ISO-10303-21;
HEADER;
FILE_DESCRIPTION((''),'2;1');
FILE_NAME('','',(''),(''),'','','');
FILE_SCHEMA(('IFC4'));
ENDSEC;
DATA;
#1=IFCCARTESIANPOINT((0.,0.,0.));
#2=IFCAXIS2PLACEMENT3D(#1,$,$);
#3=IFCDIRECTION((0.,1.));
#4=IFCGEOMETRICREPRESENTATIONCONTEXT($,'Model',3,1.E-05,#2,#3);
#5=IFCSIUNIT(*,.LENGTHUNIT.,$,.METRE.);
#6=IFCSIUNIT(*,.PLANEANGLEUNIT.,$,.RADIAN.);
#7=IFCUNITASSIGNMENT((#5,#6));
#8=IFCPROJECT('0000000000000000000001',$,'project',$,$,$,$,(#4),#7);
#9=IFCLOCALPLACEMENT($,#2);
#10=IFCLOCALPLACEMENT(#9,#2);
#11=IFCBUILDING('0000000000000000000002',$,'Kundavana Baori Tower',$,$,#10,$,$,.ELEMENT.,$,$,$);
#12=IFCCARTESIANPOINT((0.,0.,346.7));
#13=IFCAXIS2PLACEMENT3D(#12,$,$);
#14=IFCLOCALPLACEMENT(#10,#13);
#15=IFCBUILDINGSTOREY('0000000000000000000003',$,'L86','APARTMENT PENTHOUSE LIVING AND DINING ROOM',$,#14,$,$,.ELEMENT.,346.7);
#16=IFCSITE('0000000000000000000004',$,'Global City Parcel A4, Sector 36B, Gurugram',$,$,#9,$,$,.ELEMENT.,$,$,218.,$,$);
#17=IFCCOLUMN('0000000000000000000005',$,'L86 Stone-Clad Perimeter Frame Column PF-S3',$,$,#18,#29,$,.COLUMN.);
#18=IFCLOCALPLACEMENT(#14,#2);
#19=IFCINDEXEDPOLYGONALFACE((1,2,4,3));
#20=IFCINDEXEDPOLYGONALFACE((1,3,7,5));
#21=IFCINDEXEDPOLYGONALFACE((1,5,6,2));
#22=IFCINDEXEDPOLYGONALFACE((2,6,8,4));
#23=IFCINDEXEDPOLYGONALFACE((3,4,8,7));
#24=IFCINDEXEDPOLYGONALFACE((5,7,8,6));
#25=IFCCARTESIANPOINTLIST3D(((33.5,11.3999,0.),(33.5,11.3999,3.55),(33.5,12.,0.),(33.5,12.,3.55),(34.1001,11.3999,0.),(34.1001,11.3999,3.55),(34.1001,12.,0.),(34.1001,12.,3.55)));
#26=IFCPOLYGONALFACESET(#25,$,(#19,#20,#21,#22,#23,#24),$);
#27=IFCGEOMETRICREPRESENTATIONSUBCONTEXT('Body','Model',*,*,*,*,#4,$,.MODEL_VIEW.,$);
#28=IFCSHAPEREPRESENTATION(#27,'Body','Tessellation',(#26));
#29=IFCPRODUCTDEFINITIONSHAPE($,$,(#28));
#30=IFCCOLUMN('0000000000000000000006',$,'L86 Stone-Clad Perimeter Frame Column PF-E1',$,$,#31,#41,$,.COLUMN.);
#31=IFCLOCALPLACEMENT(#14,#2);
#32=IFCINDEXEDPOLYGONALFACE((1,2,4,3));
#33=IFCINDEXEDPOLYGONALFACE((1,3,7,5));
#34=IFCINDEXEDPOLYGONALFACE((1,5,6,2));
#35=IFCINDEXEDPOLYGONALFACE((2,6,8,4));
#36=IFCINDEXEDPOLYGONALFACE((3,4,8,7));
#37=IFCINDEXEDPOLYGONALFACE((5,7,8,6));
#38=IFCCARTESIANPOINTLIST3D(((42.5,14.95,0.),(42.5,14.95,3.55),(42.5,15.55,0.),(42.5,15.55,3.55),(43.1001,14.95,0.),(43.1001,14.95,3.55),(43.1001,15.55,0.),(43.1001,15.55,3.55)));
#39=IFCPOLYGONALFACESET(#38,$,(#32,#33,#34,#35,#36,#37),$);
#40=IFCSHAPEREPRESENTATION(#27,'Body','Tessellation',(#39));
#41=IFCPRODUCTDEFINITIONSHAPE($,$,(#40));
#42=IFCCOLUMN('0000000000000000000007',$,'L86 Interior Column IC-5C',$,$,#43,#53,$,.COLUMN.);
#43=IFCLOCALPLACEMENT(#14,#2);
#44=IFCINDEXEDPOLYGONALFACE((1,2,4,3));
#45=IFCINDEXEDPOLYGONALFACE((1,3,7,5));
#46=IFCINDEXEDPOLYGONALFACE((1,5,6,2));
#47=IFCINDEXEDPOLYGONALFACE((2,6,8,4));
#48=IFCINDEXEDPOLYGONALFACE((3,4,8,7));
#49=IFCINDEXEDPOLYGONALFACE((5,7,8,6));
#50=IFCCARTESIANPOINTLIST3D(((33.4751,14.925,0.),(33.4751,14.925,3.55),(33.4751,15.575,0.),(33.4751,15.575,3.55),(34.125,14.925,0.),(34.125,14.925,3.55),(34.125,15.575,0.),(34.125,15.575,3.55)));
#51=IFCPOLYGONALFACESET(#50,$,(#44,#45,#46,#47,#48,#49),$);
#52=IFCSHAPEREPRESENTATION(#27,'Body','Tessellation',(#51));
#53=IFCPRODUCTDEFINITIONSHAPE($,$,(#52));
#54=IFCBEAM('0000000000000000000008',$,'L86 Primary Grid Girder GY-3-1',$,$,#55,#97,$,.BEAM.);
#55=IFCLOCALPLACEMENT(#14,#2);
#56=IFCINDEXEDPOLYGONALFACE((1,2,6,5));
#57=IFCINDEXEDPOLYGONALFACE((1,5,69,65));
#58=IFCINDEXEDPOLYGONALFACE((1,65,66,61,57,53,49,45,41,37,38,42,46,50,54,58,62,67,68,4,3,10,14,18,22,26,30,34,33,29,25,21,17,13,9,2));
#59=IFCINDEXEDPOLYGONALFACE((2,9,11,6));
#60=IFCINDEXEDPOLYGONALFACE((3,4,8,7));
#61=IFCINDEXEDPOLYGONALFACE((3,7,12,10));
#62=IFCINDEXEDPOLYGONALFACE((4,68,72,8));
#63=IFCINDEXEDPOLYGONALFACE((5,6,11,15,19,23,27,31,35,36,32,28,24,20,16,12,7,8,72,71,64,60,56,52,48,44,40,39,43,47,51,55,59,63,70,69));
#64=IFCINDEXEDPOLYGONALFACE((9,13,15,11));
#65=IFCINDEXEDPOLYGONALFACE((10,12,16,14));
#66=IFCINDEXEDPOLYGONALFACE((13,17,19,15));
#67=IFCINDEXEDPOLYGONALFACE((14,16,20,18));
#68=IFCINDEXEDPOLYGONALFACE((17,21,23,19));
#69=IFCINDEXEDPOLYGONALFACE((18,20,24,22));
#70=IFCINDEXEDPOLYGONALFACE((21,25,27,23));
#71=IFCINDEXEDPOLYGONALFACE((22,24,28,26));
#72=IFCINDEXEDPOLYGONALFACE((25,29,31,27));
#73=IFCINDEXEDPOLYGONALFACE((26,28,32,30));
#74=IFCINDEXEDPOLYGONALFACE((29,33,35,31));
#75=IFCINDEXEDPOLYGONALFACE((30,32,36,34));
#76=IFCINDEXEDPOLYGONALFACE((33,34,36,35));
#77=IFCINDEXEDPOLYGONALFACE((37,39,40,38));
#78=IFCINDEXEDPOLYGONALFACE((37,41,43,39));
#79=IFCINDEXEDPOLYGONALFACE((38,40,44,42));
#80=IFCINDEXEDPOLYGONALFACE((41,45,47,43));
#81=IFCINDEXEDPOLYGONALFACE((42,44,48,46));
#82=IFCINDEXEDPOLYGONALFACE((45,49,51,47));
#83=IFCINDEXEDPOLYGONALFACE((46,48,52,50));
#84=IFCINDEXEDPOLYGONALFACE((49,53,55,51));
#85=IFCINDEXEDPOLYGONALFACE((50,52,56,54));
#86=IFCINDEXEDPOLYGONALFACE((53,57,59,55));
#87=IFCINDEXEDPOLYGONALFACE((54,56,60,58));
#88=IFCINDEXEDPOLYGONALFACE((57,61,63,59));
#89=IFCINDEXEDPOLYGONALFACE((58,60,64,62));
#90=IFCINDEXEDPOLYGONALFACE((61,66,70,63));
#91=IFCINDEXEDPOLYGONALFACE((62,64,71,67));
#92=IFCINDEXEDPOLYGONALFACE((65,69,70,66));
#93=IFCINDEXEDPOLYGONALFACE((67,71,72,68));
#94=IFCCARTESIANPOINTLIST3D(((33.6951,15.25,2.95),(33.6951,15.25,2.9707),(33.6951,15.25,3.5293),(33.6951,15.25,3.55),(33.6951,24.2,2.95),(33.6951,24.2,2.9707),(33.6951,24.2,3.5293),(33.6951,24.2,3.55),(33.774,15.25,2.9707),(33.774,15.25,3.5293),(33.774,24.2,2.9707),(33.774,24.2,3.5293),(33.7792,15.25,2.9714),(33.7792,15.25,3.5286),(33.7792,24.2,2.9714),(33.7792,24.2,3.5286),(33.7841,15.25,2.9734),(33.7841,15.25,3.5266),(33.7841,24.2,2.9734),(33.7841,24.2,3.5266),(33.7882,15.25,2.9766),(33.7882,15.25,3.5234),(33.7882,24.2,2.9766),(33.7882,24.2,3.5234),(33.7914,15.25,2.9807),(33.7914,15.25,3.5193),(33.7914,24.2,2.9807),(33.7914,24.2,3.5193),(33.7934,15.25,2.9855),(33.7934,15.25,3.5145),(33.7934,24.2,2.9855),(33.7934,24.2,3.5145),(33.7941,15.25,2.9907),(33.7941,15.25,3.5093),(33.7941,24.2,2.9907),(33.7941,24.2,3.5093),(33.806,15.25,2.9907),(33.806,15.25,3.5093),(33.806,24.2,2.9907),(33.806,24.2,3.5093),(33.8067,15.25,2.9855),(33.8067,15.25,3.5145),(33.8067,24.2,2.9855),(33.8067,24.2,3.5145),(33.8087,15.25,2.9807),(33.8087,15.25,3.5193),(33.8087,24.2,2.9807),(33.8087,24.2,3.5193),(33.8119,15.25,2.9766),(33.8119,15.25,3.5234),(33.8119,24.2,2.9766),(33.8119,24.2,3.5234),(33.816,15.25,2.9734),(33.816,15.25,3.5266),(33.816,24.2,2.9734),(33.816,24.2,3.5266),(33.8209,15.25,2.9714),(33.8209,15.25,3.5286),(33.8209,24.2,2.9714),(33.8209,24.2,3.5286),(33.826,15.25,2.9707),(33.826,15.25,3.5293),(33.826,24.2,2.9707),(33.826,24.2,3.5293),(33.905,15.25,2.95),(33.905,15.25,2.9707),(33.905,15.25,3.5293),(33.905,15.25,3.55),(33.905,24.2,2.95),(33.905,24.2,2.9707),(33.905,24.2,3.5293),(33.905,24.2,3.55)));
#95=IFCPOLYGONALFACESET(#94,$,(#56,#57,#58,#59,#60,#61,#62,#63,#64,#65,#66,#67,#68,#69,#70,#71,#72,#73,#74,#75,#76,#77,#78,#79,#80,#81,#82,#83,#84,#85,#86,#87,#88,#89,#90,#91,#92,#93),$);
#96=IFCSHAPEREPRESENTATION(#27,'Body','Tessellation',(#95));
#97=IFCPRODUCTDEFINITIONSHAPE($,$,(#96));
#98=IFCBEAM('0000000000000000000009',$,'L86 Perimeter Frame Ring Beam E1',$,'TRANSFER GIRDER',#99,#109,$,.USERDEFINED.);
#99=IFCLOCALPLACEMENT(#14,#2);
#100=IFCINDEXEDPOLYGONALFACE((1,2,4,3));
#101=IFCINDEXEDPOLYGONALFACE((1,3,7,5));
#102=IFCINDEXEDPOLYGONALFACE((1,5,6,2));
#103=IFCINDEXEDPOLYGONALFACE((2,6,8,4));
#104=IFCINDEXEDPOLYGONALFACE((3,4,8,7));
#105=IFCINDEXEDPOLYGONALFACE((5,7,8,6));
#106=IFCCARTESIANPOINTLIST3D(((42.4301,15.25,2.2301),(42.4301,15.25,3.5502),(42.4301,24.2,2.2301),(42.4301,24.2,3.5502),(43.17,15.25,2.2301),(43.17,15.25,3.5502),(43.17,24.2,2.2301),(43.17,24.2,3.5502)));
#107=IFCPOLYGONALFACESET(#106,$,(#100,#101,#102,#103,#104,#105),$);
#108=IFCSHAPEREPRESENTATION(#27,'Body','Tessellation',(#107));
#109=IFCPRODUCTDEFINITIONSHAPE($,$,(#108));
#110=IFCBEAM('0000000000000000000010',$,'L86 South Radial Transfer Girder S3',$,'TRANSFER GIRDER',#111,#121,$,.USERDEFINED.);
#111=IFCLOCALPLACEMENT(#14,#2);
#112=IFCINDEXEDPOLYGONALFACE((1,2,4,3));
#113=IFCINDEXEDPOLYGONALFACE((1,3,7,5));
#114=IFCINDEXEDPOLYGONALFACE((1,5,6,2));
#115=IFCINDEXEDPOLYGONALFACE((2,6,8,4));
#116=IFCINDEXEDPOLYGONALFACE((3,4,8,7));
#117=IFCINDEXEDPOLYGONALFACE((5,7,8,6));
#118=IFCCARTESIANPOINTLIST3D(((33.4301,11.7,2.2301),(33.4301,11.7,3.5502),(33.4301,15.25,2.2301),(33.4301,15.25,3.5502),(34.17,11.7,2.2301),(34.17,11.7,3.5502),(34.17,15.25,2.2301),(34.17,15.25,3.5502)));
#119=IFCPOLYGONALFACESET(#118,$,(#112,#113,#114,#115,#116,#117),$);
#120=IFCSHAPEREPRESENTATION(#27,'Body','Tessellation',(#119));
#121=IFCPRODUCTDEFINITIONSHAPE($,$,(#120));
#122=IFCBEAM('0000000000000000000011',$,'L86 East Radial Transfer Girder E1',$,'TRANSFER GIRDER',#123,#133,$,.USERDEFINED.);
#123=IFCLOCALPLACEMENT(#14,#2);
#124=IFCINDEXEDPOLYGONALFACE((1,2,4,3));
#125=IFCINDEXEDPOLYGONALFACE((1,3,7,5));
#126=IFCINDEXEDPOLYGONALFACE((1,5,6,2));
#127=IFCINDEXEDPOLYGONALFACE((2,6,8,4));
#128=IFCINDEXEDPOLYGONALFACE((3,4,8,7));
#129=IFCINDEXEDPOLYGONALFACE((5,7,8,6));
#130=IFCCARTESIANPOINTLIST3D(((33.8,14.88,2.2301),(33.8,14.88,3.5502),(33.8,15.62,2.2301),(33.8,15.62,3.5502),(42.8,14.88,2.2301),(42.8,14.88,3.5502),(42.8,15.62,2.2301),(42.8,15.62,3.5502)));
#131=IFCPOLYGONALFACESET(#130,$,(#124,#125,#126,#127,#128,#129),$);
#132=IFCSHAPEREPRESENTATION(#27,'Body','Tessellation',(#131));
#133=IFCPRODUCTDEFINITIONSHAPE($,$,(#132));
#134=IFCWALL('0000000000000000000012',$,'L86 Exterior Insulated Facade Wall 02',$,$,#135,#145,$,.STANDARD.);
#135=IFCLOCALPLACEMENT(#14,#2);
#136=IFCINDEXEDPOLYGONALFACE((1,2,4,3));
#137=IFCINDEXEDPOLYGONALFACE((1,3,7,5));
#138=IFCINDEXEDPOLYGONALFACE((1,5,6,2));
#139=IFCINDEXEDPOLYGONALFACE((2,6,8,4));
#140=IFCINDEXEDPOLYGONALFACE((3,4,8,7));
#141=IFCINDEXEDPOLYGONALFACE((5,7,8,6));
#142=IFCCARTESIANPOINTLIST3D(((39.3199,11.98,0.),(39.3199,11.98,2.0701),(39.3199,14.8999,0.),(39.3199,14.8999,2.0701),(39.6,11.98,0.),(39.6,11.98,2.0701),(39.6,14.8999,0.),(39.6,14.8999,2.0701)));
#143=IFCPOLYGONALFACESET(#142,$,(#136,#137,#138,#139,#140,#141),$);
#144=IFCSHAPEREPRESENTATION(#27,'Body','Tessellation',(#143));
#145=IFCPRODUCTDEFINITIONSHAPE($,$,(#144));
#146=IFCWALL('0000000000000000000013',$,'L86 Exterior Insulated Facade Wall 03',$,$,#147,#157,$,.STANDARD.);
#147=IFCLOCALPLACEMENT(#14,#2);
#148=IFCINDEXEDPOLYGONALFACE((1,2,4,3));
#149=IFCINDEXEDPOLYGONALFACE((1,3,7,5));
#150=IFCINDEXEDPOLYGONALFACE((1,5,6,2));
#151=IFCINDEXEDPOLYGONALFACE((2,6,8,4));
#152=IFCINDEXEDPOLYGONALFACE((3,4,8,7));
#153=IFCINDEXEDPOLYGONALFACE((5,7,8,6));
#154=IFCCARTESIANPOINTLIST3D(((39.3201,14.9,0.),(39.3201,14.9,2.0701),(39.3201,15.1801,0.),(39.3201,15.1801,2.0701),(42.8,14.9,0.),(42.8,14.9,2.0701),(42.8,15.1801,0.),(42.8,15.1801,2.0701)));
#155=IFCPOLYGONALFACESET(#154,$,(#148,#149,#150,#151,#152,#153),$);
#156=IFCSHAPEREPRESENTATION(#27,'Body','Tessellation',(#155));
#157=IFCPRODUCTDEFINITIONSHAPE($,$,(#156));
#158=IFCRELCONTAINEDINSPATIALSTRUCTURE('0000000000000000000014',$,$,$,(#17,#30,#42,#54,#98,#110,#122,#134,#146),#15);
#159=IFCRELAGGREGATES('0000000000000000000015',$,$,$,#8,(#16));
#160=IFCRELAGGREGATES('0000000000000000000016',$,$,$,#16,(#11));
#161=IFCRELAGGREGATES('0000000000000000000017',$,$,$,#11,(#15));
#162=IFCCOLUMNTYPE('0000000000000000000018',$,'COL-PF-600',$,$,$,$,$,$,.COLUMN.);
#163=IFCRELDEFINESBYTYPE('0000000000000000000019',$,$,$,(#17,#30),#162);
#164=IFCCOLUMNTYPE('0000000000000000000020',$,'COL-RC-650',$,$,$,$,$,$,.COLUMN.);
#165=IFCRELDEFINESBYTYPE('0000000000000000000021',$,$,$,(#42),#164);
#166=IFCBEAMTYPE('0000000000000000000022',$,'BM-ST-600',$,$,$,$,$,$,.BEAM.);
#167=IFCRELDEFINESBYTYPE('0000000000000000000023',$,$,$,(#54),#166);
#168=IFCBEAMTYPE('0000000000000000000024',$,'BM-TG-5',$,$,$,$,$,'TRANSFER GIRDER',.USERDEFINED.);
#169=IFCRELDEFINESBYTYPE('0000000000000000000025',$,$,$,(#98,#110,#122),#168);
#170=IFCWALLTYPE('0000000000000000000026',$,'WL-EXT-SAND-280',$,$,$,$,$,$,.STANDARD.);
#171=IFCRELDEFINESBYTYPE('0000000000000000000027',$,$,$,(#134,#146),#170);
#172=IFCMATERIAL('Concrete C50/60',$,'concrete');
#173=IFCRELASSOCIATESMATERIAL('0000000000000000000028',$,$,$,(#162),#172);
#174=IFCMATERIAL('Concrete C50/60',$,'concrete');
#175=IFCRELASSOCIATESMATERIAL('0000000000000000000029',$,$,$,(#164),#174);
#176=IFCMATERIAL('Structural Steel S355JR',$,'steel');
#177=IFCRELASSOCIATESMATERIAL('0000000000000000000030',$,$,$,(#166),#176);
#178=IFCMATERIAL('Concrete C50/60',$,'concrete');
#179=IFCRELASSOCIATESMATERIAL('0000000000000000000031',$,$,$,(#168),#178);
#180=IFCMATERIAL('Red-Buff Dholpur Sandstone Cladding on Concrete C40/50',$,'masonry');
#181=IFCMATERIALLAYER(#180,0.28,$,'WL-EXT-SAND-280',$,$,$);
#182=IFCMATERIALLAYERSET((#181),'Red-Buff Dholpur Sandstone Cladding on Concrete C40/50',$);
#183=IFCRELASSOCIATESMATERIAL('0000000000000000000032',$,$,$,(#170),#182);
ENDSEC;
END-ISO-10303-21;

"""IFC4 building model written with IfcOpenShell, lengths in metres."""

from ifc_helpers import new_model, si_unit, direction, frame, frame_2d, origin, origin_2d, place, context, subcontext, project, spatial, rectangle, i_section, extrude, material, layer, layer_set, material_profile, profile_set, type_object, element, save


model = new_model("IFC4")

# Units and contexts
model_context = context("Model", 3, precision=1e-05, world=origin(), true_north=direction((0.0, 1.0)))
body_context = subcontext(model_context, "Body", "Model", "MODEL_VIEW")
ifc_project = project(units=[si_unit("LENGTHUNIT", "METRE"), si_unit("PLANEANGLEUNIT", "RADIAN")], contexts=[model_context])

# Site, building, storey
site_placement = place(None, origin())
site = spatial("IfcSite", under=ifc_project, at=site_placement, Name="Global City Parcel A4, Sector 36B, Gurugram", CompositionType="ELEMENT", RefElevation=218.0)
building_placement = place(site_placement, origin())
building = spatial("IfcBuilding", under=site, at=building_placement, Name="Kundavana Baori Tower", CompositionType="ELEMENT")
storey_placement = place(building_placement, frame((0.0, 0.0, 346.7)))
storey = spatial("IfcBuildingStorey", under=building, at=storey_placement, Name="L86", Description="APARTMENT PENTHOUSE LIVING AND DINING ROOM", CompositionType="ELEMENT", Elevation=346.7)

# Columns
ifc_material_1 = material(Name="Concrete C50/60", Category="concrete")
ifc_material_profile_1 = material_profile(ifc_material_1, rectangle(XDim=0.6001, YDim=0.6001, at=origin_2d()), Name="RC PF 600x600")
ifc_profile_set_1 = profile_set([ifc_material_profile_1], Name="Concrete C50/60")
column_type_1 = type_object("IfcColumnType", Name="COL-PF-600", PredefinedType="COLUMN", material=ifc_profile_set_1)
for number, where, z_axis, x_axis, name in (
    (1, (33.8, 11.7, 0.0), (0.0, 0.0, 1.0), (1.0, 0.0, 0.0), "L86 Stone-Clad Perimeter Frame Column PF-S3"),
    (2, (42.8, 15.25, 0.0), (0.0, 0.0, 1.0), (1.0, 0.0, 0.0), "L86 Stone-Clad Perimeter Frame Column PF-E1"),
):
    element("IfcColumn", number, at=place(storey_placement, frame(where, z_axis=z_axis, x_axis=x_axis)), inside=storey, type_object=column_type_1, Name=name, PredefinedType="COLUMN", context=body_context, shape_type="SweptSolid", body=[
        extrude(rectangle(XDim=0.6001, YDim=0.6001, at=origin_2d()), origin(), (0.0, 0.0, 1.0), 3.55),
    ])
ifc_material_2 = material(Name="Concrete C50/60", Category="concrete")
ifc_material_profile_2 = material_profile(ifc_material_2, rectangle(XDim=0.6499, YDim=0.6499, at=origin_2d()), Name="RC 650x650")
ifc_profile_set_2 = profile_set([ifc_material_profile_2], Name="Concrete C50/60")
column_type_2 = type_object("IfcColumnType", Name="COL-RC-650", PredefinedType="COLUMN", material=ifc_profile_set_2)
column_placement = place(storey_placement, frame((33.8, 15.25, 0.0), z_axis=(0.0, 0.0, 1.0), x_axis=(1.0, 0.0, 0.0)))
element("IfcColumn", 3, at=column_placement, inside=storey, type_object=column_type_2, Name="L86 Interior Column IC-5C", PredefinedType="COLUMN", context=body_context, shape_type="SweptSolid", body=[
    extrude(rectangle(XDim=0.6499, YDim=0.6499, at=origin_2d()), origin(), (0.0, 0.0, 1.0), 3.55),
])

# Beams
ifc_material_3 = material(Name="Structural Steel S355JR", Category="steel")
ifc_material_profile_3 = material_profile(ifc_material_3, i_section(OverallWidth=0.21, OverallDepth=0.6001, WebThickness=0.012, FlangeThickness=0.0208, FilletRadius=0.02, at=origin_2d()), Name="ISMB 600")
ifc_profile_set_3 = profile_set([ifc_material_profile_3], Name="Structural Steel S355JR")
beam_type_1 = type_object("IfcBeamType", Name="BM-ST-600", PredefinedType="BEAM", material=ifc_profile_set_3)
beam_1_placement = place(storey_placement, frame((33.8, 15.25, 3.25), z_axis=(0.0, 1.0, 0.0), x_axis=(-1.0, 0.0, 0.0)))
element("IfcBeam", 4, at=beam_1_placement, inside=storey, type_object=beam_type_1, Name="L86 Primary Grid Girder GY-3-1", PredefinedType="BEAM", context=body_context, shape_type="SweptSolid", body=[
    extrude(i_section(OverallWidth=0.21, OverallDepth=0.6001, WebThickness=0.012, FlangeThickness=0.0208, FilletRadius=0.02, at=origin_2d()), origin(), (0.0, 0.0, 1.0), 8.95),
])
ifc_material_4 = material(Name="Concrete C50/60", Category="concrete")
ifc_material_profile_4 = material_profile(ifc_material_4, rectangle(XDim=0.74, YDim=1.3201, at=origin_2d()), Name="BM-TG-5")
ifc_profile_set_4 = profile_set([ifc_material_profile_4], Name="Concrete C50/60")
beam_type_2 = type_object("IfcBeamType", Name="BM-TG-5", ElementType="TRANSFER GIRDER", PredefinedType="USERDEFINED", material=ifc_profile_set_4)
beam_2_placement = place(storey_placement, frame((42.8, 15.25, 2.8901), z_axis=(0.0, 1.0, 0.0), x_axis=(-1.0, 0.0, 0.0)))
element("IfcBeam", 5, at=beam_2_placement, inside=storey, type_object=beam_type_2, Name="L86 Perimeter Frame Ring Beam E1", ObjectType="TRANSFER GIRDER", PredefinedType="USERDEFINED", context=body_context, shape_type="SweptSolid", body=[
    extrude(rectangle(XDim=0.74, YDim=1.3201, at=origin_2d()), origin(), (0.0, 0.0, 1.0), 8.95),
])
beam_3_placement = place(storey_placement, frame((33.8, 15.25, 2.8901), z_axis=(0.0, -1.0, 0.0), x_axis=(1.0, 0.0, 0.0)))
element("IfcBeam", 6, at=beam_3_placement, inside=storey, type_object=beam_type_2, Name="L86 South Radial Transfer Girder S3", ObjectType="TRANSFER GIRDER", PredefinedType="USERDEFINED", context=body_context, shape_type="SweptSolid", body=[
    extrude(rectangle(XDim=0.74, YDim=1.3201, at=origin_2d()), origin(), (0.0, 0.0, 1.0), 3.55),
])
beam_4_placement = place(storey_placement, frame((33.8, 15.25, 2.8901), z_axis=(1.0, 0.0, 0.0), x_axis=(0.0, 1.0, 0.0)))
element("IfcBeam", 7, at=beam_4_placement, inside=storey, type_object=beam_type_2, Name="L86 East Radial Transfer Girder E1", ObjectType="TRANSFER GIRDER", PredefinedType="USERDEFINED", context=body_context, shape_type="SweptSolid", body=[
    extrude(rectangle(XDim=0.74, YDim=1.3201, at=origin_2d()), origin(), (0.0, 0.0, 1.0), 9.0),
])

# Walls
ifc_material_5 = material(Name="Red-Buff Dholpur Sandstone Cladding on Concrete C40/50", Category="masonry")
ifc_layer_1 = layer(ifc_material_5, 0.28, Name="WL-EXT-SAND-280")
ifc_layer_set_1 = layer_set([ifc_layer_1], Name="Red-Buff Dholpur Sandstone Cladding on Concrete C40/50")
wall_type_1 = type_object("IfcWallType", Name="WL-EXT-SAND-280", PredefinedType="STANDARD", material=ifc_layer_set_1)
wall_1_placement = place(storey_placement, frame((39.46, 11.98, 0.0), z_axis=(0.0, 0.0, 1.0), x_axis=(0.0, 1.0, 0.0)))
element("IfcWall", 8, at=wall_1_placement, inside=storey, type_object=wall_type_1, Name="L86 Exterior Insulated Facade Wall 02", PredefinedType="STANDARD", context=body_context, shape_type="SweptSolid", body=[
    extrude(rectangle(XDim=2.9199, YDim=0.28, at=frame_2d((1.46, 0.0))), origin(), (0.0, 0.0, 1.0), 2.0701),
])
wall_2_placement = place(storey_placement, frame((39.3201, 15.04, 0.0), z_axis=(0.0, 0.0, 1.0), x_axis=(1.0, 0.0, 0.0)))
element("IfcWall", 9, at=wall_2_placement, inside=storey, type_object=wall_type_1, Name="L86 Exterior Insulated Facade Wall 03", PredefinedType="STANDARD", context=body_context, shape_type="SweptSolid", body=[
    extrude(rectangle(XDim=3.48, YDim=0.28, at=frame_2d((1.74, 0.0))), origin(), (0.0, 0.0, 1.0), 2.0701),
])

save(model, "model.ifc")
